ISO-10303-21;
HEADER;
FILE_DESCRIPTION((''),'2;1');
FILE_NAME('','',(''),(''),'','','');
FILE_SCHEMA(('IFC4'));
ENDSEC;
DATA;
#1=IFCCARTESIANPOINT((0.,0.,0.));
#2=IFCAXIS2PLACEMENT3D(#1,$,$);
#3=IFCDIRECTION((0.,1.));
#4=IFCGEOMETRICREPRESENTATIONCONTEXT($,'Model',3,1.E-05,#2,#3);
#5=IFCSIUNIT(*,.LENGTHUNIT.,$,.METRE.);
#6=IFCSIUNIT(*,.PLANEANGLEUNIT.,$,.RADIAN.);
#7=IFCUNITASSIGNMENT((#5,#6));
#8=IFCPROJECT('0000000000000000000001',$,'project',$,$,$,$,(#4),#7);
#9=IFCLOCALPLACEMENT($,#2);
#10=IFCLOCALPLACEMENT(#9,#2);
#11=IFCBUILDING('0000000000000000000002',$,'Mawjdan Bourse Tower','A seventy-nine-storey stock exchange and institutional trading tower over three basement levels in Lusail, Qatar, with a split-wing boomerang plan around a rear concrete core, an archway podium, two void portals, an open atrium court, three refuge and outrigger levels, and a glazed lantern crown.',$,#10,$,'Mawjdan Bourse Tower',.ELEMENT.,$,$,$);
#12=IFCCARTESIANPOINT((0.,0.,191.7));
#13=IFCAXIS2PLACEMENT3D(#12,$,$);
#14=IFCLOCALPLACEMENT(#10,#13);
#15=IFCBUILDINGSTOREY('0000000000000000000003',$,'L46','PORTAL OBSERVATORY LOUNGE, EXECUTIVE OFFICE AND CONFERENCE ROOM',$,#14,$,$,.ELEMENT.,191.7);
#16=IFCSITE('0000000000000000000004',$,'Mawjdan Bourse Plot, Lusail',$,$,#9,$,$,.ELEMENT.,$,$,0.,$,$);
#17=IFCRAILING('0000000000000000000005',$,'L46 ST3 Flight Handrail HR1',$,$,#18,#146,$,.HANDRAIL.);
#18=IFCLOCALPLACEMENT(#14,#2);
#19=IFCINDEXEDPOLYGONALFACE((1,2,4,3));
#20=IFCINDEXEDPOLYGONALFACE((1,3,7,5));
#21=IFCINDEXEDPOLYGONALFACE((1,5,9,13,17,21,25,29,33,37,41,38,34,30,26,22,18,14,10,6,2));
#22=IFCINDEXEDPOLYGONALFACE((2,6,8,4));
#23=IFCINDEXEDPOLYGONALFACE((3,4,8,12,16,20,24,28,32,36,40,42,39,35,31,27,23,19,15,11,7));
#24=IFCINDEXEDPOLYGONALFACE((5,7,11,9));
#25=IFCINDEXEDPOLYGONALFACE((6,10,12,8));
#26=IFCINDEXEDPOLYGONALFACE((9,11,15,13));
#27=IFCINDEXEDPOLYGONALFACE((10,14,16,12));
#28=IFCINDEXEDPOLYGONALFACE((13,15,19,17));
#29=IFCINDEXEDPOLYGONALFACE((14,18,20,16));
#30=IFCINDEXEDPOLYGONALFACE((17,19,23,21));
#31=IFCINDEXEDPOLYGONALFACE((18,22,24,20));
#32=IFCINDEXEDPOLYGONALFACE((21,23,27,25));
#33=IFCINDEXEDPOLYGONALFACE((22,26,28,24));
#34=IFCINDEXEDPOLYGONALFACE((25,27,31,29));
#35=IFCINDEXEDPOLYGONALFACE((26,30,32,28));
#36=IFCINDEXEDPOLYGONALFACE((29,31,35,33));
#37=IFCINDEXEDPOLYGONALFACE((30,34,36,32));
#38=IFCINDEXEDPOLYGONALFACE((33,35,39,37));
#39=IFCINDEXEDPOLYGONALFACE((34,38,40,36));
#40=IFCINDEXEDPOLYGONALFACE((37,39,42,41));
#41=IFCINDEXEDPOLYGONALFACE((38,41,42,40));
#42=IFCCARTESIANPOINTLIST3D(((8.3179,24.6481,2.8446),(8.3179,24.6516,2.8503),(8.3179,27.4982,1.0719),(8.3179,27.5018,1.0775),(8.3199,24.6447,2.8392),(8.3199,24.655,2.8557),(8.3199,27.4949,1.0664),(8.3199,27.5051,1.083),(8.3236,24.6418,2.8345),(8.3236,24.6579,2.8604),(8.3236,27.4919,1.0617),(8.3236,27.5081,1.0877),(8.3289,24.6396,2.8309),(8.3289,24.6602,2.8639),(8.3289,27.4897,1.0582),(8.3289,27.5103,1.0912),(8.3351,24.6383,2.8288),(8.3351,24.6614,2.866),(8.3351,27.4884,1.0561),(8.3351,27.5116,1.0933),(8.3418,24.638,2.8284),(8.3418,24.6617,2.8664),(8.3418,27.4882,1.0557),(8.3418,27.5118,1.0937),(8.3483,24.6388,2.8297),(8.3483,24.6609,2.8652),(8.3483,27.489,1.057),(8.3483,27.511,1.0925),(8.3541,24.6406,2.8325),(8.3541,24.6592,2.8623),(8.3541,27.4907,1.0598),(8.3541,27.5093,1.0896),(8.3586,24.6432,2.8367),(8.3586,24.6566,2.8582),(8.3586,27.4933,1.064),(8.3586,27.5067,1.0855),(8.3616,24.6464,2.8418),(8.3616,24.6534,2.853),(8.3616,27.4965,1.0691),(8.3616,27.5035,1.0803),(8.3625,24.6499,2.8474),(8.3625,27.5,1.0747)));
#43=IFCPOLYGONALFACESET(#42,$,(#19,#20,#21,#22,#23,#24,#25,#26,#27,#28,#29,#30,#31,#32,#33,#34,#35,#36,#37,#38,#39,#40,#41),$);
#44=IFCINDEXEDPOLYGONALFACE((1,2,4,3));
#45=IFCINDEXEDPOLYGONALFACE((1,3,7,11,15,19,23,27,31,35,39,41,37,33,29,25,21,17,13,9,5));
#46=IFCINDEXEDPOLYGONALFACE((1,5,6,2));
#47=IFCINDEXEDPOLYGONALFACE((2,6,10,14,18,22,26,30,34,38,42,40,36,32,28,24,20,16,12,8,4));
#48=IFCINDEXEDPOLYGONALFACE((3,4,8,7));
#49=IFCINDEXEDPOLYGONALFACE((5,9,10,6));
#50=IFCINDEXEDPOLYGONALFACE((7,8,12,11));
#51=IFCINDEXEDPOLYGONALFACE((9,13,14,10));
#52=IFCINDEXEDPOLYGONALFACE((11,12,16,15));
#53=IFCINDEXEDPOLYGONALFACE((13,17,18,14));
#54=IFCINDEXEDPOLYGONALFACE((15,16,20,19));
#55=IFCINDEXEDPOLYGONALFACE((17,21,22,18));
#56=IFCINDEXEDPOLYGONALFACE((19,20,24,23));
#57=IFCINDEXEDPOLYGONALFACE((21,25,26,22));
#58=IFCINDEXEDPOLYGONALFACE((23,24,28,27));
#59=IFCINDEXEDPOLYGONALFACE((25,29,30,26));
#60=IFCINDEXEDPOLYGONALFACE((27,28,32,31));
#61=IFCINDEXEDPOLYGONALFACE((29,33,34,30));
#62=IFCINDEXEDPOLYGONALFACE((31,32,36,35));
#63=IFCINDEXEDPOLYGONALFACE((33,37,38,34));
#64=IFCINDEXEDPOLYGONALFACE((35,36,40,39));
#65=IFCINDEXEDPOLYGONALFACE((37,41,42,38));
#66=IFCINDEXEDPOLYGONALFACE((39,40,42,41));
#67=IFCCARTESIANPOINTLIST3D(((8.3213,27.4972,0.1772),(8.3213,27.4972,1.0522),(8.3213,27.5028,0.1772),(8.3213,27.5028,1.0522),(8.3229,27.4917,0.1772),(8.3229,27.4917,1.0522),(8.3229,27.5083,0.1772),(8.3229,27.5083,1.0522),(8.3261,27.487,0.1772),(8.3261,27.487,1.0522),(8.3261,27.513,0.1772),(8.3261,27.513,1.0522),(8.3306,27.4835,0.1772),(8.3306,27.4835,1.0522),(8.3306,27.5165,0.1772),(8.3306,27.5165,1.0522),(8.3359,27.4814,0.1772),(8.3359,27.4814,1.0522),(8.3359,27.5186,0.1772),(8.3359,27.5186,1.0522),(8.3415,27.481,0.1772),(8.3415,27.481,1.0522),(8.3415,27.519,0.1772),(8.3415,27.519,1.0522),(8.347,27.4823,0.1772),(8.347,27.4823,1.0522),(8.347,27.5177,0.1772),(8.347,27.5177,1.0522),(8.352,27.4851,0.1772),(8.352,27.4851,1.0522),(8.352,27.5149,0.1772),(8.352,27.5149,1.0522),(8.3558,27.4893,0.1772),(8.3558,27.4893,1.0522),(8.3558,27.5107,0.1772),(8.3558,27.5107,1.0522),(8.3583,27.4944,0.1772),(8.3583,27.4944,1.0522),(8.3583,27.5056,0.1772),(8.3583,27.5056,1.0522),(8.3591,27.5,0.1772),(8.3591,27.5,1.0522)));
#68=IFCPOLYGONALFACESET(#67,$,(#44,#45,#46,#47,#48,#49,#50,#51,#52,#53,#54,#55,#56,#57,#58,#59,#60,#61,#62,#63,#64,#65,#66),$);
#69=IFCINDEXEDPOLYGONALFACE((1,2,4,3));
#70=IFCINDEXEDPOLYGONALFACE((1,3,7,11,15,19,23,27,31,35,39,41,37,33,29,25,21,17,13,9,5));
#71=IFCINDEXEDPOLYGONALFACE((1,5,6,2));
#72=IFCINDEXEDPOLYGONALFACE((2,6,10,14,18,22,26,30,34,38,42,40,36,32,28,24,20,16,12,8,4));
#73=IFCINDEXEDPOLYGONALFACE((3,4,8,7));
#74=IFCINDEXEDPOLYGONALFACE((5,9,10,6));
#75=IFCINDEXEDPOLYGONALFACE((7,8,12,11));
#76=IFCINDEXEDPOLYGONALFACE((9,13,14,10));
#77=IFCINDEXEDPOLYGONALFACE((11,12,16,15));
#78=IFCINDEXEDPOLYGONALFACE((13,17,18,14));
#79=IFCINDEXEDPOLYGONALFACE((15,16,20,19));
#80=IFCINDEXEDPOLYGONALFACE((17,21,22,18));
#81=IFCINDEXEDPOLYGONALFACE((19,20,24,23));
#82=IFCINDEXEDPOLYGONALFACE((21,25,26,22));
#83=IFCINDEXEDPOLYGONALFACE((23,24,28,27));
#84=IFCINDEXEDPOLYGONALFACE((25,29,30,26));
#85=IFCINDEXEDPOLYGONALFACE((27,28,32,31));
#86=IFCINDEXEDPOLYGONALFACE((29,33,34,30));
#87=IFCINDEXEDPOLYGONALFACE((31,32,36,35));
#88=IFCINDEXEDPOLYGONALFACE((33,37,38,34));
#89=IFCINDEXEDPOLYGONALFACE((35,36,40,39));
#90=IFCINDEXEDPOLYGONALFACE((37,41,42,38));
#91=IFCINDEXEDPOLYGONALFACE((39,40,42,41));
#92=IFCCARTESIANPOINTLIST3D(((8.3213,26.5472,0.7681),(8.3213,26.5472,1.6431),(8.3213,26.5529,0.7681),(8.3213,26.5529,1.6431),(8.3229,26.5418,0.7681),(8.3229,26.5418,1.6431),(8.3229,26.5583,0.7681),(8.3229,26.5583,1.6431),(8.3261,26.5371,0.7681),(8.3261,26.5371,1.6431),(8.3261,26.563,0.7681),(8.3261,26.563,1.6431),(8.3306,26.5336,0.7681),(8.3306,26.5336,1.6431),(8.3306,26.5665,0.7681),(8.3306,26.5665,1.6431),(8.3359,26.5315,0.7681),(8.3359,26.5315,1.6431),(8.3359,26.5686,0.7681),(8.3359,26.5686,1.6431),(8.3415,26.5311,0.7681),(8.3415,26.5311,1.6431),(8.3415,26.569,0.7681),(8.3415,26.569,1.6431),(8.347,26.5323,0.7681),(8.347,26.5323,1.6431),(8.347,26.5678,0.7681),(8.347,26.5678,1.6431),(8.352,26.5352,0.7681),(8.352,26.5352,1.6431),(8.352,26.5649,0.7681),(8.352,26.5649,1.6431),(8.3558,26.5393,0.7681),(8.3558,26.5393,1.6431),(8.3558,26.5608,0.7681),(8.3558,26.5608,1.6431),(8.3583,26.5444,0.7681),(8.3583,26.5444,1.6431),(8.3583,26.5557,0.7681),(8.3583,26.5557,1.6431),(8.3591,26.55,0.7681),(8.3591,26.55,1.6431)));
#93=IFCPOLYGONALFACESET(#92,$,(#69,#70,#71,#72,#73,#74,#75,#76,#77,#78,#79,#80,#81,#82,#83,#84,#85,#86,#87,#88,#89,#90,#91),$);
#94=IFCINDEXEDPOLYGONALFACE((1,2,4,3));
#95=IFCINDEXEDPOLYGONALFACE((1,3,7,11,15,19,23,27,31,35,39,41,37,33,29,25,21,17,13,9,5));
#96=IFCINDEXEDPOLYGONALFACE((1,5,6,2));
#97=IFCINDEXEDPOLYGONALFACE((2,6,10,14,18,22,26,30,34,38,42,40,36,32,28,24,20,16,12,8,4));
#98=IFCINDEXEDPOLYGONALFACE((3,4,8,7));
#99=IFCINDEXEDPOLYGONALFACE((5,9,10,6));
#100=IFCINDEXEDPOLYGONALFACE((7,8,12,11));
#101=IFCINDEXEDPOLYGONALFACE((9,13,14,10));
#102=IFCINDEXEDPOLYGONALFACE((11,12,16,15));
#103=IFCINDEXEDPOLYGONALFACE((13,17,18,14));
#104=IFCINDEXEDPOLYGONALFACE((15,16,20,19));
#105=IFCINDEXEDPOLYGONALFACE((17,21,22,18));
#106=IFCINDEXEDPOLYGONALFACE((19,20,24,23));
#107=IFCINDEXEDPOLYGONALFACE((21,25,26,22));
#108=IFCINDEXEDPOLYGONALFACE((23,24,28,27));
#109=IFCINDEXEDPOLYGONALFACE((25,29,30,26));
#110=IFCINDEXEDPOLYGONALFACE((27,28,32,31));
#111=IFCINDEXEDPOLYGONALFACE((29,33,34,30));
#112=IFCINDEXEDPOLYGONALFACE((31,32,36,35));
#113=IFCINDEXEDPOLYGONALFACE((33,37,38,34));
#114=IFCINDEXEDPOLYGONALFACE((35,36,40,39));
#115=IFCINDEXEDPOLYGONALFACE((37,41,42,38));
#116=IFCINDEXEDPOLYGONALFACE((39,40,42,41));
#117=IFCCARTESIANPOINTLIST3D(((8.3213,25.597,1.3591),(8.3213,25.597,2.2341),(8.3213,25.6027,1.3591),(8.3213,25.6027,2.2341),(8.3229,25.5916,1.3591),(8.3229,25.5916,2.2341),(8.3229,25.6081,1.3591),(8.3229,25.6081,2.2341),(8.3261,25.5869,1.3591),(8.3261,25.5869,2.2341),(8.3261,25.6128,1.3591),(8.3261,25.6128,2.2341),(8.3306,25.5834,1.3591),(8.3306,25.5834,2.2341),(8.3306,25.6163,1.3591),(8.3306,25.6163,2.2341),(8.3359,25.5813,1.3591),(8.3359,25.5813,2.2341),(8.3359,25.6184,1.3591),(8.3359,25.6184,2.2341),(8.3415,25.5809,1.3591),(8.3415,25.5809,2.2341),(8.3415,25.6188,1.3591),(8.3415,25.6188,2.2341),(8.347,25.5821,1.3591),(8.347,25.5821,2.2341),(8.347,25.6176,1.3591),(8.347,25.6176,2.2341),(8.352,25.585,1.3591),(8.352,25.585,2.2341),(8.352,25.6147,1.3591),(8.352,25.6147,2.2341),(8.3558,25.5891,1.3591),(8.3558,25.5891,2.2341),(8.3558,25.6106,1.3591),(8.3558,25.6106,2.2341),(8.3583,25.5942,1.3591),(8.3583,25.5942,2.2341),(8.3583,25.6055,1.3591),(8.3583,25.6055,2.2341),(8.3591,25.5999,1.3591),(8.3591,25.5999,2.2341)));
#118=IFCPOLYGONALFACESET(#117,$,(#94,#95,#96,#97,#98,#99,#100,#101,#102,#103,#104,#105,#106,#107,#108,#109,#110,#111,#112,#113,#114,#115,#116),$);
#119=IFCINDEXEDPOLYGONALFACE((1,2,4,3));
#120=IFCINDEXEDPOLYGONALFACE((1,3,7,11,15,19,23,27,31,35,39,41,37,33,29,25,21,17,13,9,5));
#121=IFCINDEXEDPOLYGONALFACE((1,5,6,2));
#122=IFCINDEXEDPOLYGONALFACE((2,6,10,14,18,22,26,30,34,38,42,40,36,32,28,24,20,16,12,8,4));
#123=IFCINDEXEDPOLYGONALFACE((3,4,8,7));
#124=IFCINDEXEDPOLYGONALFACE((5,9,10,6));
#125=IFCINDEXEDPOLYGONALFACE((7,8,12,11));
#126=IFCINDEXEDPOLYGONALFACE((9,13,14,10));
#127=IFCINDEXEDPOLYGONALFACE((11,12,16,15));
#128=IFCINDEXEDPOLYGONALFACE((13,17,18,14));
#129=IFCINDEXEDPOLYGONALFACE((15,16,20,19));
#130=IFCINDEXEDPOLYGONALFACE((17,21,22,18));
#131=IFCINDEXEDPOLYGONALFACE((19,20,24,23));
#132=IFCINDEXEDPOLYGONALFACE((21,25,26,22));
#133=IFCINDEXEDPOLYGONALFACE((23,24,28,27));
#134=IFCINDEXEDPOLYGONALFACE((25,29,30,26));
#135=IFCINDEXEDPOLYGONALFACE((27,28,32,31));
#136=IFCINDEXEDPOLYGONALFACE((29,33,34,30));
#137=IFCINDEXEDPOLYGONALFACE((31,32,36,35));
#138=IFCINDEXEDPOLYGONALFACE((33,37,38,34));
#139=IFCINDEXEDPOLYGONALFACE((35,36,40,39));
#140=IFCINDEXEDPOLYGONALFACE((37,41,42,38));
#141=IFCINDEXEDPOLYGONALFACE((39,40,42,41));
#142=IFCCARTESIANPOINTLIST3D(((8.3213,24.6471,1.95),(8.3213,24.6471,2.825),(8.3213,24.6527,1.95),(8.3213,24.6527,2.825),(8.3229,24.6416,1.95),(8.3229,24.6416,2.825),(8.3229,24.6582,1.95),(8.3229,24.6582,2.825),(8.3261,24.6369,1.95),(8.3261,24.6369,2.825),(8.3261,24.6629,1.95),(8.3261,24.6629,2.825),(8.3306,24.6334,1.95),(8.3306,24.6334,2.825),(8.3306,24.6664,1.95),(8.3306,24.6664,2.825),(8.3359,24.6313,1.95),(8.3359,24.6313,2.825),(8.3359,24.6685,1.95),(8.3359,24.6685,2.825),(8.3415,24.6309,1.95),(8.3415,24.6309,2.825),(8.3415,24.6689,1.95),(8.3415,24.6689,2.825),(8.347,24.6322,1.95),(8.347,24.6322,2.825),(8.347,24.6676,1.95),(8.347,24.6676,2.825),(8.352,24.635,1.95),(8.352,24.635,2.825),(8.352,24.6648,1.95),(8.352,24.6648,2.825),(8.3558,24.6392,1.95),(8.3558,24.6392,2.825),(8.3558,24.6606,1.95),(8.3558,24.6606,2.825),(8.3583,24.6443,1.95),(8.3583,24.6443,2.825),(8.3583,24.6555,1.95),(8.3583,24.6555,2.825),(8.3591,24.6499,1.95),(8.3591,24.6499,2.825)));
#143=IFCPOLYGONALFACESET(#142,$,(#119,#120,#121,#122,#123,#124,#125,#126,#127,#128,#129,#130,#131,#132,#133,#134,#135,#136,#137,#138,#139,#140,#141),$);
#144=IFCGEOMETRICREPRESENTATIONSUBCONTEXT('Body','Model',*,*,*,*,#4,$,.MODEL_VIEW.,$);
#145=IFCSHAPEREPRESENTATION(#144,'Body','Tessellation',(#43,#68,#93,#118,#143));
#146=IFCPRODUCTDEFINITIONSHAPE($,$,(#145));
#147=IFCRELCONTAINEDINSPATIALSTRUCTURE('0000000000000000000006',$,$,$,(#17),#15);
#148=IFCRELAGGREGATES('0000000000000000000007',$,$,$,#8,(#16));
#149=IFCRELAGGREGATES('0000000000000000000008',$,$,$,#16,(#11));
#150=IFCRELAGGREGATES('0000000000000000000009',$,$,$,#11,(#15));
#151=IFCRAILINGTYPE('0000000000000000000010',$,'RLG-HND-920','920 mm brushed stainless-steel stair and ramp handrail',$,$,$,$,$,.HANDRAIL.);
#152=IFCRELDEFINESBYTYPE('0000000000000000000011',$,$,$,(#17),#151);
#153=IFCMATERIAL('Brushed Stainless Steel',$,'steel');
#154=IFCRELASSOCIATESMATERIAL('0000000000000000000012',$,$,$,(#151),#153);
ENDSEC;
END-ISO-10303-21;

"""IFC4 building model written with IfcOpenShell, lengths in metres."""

from ifc_helpers import new_model, si_unit, direction, frame, origin, origin_2d, place, context, subcontext, project, spatial, circle, extrude, material, type_object, element, save


model = new_model("IFC4")

# Units and contexts
model_context = context("Model", 3, precision=1e-05, world=origin(), true_north=direction((0.0, 1.0)))
body_context = subcontext(model_context, "Body", "Model", "MODEL_VIEW")
ifc_project = project(units=[si_unit("LENGTHUNIT", "METRE"), si_unit("PLANEANGLEUNIT", "RADIAN")], contexts=[model_context])

# Site, building, storey
site_placement = place(None, origin())
site = spatial("IfcSite", under=ifc_project, at=site_placement, Name="Mawjdan Bourse Plot, Lusail", CompositionType="ELEMENT", RefElevation=0.0)
building_placement = place(site_placement, origin())
building = spatial("IfcBuilding", under=site, at=building_placement, Name="Mawjdan Bourse Tower", Description="A seventy-nine-storey stock exchange and institutional trading tower over three basement levels in Lusail, Qatar, with a split-wing boomerang plan around a rear concrete core, an archway podium, two void portals, an open atrium court, three refuge and outrigger levels, and a glazed lantern crown.", LongName="Mawjdan Bourse Tower", CompositionType="ELEMENT")
storey_placement = place(building_placement, frame((0.0, 0.0, 191.7)))
storey = spatial("IfcBuildingStorey", under=building, at=storey_placement, Name="L46", Description="PORTAL OBSERVATORY LOUNGE, EXECUTIVE OFFICE AND CONFERENCE ROOM", CompositionType="ELEMENT", Elevation=191.7)

# Railing
ifc_material_1 = material(Name="Brushed Stainless Steel", Category="steel")
railing_type_1 = type_object("IfcRailingType", Name="RLG-HND-920", Description="920 mm brushed stainless-steel stair and ramp handrail", PredefinedType="HANDRAIL", material=ifc_material_1)
railing_1_placement = place(storey_placement, frame((8.3401, 27.5, 0.1772)))
element("IfcRailing", 1, at=railing_1_placement, inside=storey, type_object=railing_type_1, Name="L46 ST3 Flight Handrail HR1", PredefinedType="HANDRAIL", context=body_context, shape_type="SweptSolid", body=[
    extrude(circle(Radius=0.0225, at=origin_2d()), frame((0.0, 0.0, 0.8975), z_axis=(0.0, -0.849149, 0.528154), x_axis=(1.0, 0.0, 0.0)), (0.0, 0.0, 1.0), 3.3564),
    extrude(circle(Radius=0.019, at=origin_2d()), origin(), (0.0, 0.0, 1.0), 0.875),
    extrude(circle(Radius=0.019, at=origin_2d()), frame((0.0, -0.95, 0.5908)), (0.0, 0.0, 1.0), 0.875),
    extrude(circle(Radius=0.019, at=origin_2d()), frame((0.0, -1.9001, 1.1819)), (0.0, 0.0, 1.0), 0.875),
    extrude(circle(Radius=0.019, at=origin_2d()), frame((0.0, -2.8501, 1.7727)), (0.0, 0.0, 1.0), 0.875),
])

save(model, "model.ifc")
